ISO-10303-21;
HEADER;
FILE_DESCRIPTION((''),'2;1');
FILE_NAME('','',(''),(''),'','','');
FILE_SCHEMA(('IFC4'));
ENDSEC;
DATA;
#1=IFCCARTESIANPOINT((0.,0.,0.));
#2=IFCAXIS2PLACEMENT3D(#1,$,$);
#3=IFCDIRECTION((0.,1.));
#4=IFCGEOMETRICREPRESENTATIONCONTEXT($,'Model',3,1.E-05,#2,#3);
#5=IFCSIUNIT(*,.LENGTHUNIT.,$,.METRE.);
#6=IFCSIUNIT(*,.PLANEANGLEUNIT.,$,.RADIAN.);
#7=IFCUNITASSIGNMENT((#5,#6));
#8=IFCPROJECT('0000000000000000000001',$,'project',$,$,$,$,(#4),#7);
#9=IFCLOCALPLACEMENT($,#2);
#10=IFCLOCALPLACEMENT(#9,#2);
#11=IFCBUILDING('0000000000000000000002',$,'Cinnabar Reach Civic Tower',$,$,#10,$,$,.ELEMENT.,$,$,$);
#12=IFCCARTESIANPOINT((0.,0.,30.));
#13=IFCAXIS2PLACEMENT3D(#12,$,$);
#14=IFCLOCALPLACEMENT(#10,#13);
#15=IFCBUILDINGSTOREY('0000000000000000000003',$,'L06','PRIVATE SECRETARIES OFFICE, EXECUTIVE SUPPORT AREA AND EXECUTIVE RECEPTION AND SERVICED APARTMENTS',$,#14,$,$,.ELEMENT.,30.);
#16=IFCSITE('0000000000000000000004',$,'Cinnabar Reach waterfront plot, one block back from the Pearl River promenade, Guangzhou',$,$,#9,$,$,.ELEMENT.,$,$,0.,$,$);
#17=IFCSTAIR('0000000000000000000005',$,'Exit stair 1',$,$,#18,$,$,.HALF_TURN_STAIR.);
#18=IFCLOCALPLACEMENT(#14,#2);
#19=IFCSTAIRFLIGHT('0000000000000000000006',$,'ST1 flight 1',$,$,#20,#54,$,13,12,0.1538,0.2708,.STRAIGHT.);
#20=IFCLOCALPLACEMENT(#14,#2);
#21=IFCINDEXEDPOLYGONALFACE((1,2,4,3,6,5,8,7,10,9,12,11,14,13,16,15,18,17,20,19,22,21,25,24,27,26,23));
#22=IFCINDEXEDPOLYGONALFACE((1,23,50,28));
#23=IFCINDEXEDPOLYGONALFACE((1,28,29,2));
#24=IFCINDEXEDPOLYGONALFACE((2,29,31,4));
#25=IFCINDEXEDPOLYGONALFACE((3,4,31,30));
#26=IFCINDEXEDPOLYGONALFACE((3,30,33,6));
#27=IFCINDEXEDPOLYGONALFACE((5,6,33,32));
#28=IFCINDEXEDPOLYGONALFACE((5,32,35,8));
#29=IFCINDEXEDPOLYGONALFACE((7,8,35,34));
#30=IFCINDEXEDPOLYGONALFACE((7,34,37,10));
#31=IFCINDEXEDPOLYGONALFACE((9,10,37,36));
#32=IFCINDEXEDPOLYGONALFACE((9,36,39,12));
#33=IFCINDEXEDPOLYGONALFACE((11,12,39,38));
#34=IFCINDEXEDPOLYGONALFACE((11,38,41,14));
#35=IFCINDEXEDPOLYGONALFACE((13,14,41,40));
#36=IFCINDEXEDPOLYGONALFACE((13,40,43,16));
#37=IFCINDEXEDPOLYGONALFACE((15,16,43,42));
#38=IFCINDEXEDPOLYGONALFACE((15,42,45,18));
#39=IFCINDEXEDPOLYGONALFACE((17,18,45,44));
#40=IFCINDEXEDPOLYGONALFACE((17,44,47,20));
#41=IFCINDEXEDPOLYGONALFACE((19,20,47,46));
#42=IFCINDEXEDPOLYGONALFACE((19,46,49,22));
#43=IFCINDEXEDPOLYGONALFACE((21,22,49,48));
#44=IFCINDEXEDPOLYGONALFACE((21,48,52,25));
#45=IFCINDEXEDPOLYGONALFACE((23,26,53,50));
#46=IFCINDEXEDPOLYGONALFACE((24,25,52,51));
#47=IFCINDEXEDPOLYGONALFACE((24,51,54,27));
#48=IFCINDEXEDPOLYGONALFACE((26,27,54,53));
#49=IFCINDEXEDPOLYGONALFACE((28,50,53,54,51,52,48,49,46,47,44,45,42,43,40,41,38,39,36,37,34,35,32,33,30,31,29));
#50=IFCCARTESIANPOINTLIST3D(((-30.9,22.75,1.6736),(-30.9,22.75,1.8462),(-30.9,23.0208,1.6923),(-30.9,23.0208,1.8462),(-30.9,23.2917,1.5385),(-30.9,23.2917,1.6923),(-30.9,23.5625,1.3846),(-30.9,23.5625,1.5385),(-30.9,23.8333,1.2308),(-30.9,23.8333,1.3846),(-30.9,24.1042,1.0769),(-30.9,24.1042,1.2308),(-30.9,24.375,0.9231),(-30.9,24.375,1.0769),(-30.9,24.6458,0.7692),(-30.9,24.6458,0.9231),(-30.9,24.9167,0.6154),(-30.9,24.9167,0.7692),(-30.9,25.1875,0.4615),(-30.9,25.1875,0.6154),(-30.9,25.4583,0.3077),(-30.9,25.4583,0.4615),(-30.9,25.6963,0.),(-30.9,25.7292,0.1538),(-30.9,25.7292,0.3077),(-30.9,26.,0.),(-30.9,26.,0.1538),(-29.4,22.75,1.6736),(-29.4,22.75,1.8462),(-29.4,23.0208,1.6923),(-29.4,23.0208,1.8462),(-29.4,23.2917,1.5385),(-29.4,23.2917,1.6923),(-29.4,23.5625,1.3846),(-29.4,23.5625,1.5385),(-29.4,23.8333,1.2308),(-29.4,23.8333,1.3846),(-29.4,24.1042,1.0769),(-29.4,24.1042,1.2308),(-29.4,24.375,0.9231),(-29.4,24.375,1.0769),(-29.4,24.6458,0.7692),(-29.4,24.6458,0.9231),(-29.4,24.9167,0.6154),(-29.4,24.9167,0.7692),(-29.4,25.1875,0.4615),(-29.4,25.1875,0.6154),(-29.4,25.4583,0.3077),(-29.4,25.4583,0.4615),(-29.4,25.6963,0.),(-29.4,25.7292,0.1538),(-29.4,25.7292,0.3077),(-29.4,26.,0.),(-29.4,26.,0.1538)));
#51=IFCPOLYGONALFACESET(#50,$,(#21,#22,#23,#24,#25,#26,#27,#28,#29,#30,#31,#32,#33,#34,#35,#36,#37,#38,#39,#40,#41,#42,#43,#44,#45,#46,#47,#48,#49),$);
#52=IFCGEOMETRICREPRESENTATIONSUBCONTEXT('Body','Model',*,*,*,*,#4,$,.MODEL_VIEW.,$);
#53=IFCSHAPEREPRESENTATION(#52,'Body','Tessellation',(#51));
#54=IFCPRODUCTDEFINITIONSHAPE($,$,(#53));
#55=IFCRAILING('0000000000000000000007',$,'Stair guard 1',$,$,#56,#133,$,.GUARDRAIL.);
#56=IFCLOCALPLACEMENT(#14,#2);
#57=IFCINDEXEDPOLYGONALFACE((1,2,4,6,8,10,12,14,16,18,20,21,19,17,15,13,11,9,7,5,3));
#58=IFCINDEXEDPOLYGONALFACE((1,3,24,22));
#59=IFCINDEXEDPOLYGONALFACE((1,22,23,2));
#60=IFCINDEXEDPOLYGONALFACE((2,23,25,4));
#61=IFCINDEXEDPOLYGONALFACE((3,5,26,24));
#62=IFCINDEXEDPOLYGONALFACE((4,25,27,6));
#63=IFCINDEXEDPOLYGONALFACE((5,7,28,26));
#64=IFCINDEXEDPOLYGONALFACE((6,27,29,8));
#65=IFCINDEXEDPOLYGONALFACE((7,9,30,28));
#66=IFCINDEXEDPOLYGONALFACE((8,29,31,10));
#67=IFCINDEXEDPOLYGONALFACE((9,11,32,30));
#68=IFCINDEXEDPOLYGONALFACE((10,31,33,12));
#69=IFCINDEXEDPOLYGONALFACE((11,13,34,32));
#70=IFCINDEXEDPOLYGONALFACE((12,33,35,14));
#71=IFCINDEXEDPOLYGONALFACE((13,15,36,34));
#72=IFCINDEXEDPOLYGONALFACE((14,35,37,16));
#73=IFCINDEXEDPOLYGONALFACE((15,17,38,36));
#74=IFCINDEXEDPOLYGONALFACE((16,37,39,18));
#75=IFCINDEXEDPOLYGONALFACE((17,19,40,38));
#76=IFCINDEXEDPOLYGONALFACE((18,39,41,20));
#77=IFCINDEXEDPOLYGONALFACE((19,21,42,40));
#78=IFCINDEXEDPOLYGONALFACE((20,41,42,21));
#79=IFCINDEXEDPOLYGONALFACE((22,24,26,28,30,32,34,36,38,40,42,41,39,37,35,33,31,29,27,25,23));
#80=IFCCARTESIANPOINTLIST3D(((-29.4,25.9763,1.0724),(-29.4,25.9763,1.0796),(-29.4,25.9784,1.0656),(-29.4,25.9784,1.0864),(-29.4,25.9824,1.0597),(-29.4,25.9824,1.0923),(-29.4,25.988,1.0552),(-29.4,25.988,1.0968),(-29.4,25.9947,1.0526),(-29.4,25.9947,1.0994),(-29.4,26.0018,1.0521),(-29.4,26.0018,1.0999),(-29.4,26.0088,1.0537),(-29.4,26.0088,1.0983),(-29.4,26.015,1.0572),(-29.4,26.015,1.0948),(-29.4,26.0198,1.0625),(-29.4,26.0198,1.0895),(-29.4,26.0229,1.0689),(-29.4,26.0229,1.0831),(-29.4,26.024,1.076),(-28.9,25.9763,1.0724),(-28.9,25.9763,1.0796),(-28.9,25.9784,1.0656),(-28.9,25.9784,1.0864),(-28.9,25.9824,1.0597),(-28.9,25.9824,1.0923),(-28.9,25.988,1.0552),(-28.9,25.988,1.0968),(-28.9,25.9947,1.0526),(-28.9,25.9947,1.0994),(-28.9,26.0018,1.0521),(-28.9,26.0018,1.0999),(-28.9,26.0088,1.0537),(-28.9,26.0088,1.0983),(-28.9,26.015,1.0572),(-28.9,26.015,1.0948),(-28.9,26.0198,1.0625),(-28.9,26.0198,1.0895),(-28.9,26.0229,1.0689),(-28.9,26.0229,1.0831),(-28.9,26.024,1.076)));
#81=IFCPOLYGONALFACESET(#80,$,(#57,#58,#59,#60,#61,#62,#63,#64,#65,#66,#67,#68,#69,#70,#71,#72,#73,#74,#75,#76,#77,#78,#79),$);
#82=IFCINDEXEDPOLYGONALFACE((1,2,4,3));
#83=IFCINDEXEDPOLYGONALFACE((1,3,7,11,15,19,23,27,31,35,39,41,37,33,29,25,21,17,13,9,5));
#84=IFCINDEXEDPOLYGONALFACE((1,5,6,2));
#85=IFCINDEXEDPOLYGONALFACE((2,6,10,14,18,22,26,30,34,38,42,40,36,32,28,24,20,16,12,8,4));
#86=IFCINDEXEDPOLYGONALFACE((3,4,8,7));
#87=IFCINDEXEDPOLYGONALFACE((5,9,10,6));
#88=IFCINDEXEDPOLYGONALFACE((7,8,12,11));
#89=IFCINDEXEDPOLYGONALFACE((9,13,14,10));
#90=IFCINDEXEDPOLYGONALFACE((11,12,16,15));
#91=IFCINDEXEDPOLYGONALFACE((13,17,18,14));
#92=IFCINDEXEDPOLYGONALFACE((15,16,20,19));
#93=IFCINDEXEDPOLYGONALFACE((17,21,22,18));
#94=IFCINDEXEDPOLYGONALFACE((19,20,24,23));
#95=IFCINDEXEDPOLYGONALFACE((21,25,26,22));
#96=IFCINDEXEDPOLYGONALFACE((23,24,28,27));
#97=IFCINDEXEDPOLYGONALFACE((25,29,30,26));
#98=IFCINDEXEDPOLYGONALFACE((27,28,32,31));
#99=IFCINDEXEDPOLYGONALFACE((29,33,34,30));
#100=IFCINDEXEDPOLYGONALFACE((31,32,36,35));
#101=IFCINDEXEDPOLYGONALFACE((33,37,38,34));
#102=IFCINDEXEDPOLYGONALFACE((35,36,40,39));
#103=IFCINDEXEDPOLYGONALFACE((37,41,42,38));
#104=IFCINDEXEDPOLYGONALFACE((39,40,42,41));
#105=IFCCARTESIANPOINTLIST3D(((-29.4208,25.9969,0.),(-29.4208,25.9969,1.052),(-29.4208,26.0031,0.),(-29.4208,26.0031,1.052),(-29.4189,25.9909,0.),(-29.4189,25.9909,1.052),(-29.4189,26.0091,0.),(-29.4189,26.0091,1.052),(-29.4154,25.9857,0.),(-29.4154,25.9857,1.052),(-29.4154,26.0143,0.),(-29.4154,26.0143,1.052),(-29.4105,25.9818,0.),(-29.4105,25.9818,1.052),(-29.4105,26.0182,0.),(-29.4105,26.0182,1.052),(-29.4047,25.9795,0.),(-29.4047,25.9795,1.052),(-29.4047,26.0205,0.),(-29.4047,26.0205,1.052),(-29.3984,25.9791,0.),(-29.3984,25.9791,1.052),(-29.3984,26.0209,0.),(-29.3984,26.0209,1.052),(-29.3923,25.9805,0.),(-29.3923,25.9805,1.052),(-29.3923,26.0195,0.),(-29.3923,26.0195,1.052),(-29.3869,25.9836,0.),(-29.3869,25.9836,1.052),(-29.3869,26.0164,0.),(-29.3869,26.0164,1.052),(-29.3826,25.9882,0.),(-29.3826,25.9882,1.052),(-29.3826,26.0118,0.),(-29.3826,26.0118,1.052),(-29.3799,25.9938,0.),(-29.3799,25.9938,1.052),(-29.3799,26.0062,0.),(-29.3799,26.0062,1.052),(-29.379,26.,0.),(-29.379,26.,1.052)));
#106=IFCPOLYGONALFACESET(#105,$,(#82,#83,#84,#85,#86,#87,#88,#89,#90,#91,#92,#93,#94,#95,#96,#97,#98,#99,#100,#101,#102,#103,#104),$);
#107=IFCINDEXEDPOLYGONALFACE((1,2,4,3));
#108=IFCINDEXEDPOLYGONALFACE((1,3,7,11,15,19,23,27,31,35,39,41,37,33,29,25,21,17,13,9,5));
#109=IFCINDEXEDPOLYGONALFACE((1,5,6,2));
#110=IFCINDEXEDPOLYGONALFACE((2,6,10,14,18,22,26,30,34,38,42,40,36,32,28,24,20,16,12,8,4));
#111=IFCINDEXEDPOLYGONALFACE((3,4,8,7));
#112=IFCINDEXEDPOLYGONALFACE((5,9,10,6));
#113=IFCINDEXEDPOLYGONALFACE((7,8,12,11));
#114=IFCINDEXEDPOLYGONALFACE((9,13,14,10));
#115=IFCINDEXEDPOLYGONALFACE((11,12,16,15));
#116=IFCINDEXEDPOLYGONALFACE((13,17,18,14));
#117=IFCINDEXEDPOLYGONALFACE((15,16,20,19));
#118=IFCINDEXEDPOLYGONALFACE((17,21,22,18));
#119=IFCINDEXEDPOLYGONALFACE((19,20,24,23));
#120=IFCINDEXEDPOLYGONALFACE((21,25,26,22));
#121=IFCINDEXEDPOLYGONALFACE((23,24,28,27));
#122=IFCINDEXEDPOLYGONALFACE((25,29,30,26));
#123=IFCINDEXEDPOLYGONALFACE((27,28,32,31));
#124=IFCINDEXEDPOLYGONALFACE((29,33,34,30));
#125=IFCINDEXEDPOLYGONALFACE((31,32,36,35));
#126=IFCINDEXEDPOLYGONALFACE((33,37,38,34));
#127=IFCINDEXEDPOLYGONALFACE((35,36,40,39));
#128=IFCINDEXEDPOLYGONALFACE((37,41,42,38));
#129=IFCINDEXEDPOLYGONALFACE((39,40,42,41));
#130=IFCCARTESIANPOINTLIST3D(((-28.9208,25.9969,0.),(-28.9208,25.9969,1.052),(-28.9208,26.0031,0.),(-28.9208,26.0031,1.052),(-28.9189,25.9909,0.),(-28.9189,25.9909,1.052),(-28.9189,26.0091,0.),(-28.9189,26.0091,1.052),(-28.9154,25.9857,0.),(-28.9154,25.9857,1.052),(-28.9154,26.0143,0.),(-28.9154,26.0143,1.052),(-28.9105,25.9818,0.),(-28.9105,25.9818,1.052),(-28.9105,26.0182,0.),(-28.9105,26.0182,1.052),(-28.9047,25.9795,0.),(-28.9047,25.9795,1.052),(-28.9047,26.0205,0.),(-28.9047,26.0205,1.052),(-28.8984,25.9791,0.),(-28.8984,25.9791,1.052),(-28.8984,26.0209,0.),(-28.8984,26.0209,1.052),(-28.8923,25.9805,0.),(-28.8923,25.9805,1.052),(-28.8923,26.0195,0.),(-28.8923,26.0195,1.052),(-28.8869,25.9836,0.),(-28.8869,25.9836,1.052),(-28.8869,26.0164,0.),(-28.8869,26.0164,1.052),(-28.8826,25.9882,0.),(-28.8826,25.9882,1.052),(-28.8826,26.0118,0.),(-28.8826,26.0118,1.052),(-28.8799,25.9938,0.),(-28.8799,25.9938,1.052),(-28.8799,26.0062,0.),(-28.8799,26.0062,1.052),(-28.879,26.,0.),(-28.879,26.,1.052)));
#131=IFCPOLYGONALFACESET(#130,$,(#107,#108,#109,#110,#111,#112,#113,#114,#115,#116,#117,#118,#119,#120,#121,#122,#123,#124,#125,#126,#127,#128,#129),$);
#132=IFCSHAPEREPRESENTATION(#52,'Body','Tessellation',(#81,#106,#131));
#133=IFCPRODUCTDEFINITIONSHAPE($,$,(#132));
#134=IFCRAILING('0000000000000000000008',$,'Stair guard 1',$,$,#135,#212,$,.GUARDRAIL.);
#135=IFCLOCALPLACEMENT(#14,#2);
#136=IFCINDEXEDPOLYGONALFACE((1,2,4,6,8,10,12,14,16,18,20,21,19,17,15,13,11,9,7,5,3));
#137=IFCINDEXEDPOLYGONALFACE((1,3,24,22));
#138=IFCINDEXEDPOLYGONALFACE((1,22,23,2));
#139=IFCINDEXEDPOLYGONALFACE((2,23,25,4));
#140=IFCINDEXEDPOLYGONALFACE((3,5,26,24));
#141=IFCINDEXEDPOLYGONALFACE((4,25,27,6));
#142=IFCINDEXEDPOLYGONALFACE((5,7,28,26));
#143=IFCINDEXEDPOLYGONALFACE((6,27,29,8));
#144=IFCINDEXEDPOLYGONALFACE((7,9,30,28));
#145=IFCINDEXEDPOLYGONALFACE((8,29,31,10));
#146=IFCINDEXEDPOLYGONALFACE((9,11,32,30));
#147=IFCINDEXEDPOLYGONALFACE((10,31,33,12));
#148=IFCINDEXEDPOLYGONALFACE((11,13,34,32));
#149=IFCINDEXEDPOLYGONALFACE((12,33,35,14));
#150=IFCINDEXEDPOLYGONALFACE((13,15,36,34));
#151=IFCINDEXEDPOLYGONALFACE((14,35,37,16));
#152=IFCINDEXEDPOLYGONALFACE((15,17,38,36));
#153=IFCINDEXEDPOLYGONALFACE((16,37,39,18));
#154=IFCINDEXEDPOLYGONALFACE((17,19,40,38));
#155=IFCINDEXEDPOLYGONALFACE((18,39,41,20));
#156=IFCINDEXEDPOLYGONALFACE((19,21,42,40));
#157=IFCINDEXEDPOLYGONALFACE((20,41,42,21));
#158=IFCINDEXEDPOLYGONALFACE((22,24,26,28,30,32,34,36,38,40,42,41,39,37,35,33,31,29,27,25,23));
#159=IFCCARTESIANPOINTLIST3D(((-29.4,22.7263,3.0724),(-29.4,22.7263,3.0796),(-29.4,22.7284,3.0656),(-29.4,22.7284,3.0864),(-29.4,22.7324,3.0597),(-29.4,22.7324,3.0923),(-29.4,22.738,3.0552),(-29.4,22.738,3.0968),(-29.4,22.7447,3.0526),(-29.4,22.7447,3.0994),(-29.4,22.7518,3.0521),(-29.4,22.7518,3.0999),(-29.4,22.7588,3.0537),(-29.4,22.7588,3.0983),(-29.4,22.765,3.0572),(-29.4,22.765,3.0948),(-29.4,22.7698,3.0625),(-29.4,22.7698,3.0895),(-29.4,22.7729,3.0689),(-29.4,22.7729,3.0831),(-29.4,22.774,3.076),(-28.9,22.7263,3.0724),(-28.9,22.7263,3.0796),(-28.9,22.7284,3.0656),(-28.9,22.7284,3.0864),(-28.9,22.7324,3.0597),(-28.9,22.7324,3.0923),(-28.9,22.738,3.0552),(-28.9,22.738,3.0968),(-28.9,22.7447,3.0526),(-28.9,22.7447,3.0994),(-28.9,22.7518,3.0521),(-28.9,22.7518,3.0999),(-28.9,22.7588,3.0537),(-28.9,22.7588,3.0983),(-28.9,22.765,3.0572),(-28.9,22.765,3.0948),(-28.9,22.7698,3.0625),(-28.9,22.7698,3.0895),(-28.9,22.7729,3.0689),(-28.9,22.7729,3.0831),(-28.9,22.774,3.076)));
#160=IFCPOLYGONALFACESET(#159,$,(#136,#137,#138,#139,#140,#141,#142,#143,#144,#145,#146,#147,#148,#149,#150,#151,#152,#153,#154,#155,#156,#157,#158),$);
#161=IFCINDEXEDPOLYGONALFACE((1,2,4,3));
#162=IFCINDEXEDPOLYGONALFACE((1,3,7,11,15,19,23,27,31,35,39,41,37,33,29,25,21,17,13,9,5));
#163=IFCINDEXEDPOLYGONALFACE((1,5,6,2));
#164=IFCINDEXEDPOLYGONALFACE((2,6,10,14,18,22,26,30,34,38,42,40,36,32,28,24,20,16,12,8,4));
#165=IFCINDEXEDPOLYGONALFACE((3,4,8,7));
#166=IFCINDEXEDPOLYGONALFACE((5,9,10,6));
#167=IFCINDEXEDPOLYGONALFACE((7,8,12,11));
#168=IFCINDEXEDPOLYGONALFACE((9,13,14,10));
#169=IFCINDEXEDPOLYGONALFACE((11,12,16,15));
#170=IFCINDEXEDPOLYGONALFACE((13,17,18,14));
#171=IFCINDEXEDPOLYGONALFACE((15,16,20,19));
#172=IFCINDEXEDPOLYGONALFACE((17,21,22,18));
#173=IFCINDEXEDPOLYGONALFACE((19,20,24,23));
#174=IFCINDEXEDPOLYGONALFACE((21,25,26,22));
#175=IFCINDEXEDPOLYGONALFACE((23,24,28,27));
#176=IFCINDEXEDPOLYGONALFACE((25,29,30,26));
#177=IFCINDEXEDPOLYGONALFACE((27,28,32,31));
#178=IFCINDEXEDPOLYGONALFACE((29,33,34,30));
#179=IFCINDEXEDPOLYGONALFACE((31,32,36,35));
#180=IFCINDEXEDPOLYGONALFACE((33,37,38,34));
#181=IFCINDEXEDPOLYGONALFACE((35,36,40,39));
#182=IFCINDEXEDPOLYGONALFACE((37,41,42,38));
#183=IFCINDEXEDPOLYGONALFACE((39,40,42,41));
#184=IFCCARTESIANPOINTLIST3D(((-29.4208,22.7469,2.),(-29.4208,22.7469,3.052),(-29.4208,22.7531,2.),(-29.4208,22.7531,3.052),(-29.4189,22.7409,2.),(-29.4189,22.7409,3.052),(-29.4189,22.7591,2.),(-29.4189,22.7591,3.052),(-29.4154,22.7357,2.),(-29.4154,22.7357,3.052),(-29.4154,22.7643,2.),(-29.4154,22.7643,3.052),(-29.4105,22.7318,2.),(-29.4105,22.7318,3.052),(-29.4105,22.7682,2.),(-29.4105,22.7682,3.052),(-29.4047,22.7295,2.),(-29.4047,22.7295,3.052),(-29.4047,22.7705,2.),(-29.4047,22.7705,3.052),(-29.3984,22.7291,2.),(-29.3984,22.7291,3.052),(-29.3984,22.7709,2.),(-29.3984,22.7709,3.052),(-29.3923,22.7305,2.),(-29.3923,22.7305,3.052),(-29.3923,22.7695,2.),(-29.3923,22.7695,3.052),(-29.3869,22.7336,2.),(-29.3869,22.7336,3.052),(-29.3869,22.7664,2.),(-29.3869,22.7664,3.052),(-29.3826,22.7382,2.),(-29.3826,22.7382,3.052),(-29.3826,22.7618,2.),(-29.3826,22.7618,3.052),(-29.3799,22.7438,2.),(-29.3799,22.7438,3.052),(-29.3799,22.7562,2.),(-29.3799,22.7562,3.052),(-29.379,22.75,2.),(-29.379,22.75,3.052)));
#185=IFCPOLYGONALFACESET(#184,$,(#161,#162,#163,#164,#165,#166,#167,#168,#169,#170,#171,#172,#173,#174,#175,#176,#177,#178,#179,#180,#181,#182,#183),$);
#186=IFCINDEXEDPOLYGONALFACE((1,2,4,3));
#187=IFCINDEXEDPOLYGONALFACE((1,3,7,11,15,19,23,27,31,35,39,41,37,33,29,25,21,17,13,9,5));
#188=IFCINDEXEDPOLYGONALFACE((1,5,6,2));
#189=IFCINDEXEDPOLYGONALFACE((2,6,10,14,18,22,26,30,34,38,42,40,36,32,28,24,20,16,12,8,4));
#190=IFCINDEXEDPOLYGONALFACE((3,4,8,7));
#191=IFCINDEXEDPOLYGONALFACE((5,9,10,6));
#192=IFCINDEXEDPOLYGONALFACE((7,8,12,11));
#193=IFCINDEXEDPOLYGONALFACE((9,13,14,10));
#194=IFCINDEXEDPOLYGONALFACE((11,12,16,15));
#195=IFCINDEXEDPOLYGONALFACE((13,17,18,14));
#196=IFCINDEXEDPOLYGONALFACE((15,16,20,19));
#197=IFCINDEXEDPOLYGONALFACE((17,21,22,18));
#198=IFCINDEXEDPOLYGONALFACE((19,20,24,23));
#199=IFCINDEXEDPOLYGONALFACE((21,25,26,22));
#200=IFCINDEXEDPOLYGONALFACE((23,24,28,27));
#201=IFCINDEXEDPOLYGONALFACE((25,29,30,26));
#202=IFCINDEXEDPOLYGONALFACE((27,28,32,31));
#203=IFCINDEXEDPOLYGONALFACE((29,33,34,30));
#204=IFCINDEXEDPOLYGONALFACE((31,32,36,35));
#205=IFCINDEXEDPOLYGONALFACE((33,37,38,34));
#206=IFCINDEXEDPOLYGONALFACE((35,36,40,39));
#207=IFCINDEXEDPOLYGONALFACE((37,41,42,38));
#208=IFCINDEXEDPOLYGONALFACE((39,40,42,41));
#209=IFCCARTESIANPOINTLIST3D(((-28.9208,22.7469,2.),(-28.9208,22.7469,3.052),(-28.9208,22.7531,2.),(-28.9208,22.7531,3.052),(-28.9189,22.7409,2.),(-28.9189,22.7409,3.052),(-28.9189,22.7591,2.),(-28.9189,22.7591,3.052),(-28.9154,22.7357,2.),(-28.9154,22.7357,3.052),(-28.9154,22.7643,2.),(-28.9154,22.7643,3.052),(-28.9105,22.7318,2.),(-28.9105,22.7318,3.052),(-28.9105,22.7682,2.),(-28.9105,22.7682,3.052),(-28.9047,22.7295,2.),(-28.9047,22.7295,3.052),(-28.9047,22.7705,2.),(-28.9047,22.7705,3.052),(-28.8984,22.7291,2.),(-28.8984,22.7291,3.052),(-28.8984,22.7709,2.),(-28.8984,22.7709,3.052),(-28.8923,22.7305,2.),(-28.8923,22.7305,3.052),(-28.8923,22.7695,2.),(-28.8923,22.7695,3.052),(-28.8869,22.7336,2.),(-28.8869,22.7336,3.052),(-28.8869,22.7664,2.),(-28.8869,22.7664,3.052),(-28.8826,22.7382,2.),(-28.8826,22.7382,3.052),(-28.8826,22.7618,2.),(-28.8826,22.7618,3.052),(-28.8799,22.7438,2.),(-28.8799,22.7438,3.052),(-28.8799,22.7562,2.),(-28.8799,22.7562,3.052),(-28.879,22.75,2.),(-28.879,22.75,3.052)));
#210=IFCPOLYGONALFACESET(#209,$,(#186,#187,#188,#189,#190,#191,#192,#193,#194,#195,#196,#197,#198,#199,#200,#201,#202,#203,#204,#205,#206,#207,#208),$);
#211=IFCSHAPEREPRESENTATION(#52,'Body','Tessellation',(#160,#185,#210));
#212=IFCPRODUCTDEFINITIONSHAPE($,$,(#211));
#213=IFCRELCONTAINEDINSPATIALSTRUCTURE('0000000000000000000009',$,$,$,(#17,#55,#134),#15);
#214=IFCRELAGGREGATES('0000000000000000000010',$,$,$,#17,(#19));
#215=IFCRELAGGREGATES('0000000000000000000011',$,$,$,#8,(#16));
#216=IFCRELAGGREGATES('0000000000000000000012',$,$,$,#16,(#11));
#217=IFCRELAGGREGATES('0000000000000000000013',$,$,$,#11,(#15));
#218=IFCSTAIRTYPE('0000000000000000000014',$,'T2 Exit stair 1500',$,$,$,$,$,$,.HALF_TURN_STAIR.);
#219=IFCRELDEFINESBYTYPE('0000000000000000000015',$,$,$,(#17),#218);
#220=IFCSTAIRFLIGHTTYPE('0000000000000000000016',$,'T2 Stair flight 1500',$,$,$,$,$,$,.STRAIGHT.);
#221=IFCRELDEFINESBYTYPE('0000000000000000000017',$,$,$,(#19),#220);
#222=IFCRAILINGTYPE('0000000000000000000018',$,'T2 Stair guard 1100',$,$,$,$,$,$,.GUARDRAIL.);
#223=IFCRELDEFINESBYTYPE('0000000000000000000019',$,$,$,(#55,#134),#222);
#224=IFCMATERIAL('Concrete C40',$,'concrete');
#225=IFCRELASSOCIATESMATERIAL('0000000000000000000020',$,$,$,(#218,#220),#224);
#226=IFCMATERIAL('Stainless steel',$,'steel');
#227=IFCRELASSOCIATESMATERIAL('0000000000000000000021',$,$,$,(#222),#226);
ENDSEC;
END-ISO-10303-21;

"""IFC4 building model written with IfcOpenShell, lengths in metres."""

from ifc_helpers import new_model, si_unit, direction, frame, origin, origin_2d, place, context, subcontext, project, spatial, polyline, circle, outline, extrude, material, type_object, element, aggregate, save


model = new_model("IFC4")

# Units and contexts
model_context = context("Model", 3, precision=1e-05, world=origin(), true_north=direction((0.0, 1.0)))
body_context = subcontext(model_context, "Body", "Model", "MODEL_VIEW")
ifc_project = project(units=[si_unit("LENGTHUNIT", "METRE"), si_unit("PLANEANGLEUNIT", "RADIAN")], contexts=[model_context])

# Site, building, storey
site_placement = place(None, origin())
site = spatial("IfcSite", under=ifc_project, at=site_placement, Name="Cinnabar Reach waterfront plot, one block back from the Pearl River promenade, Guangzhou", CompositionType="ELEMENT", RefElevation=0.0)
building_placement = place(site_placement, origin())
building = spatial("IfcBuilding", under=site, at=building_placement, Name="Cinnabar Reach Civic Tower", CompositionType="ELEMENT")
storey_placement = place(building_placement, frame((0.0, 0.0, 30.0)))
storey = spatial("IfcBuildingStorey", under=building, at=storey_placement, Name="L06", Description="PRIVATE SECRETARIES OFFICE, EXECUTIVE SUPPORT AREA AND EXECUTIVE RECEPTION AND SERVICED APARTMENTS", CompositionType="ELEMENT", Elevation=30.0)

# Shared definitions
ifc_material_1 = material(Name="Concrete C40", Category="concrete")

# Stair, stair flight
stair_type = type_object("IfcStairType", Name="T2 Exit stair 1500", PredefinedType="HALF_TURN_STAIR", material=ifc_material_1)
stair_placement = place(storey_placement, origin())
stair = element("IfcStair", 1, at=stair_placement, inside=storey, type_object=stair_type, Name="Exit stair 1", PredefinedType="HALF_TURN_STAIR")
stair_flight_type = type_object("IfcStairFlightType", Name="T2 Stair flight 1500", PredefinedType="STRAIGHT", material=ifc_material_1)
stair_flight_placement = place(storey_placement, frame((-30.15, 26.0, 0.0), z_axis=(0.0, 0.0, 1.0), x_axis=(0.0, -1.0, 0.0)))
stair_flight = element("IfcStairFlight", 2, at=stair_flight_placement, type_object=stair_flight_type, Name="ST1 flight 1", NumberOfRisers=13, NumberOfTreads=12, PredefinedType="STRAIGHT", RiserHeight=0.1538, TreadLength=0.2708, context=body_context, shape_type="SweptSolid", body=[
    extrude(outline(polyline([(0.0, 0.0), (0.0, 0.1538), (0.2708, 0.1538), (0.2708, 0.3077), (0.5417, 0.3077), (0.5417, 0.4615), (0.8125, 0.4615), (0.8125, 0.6154), (1.0833, 0.6154), (1.0833, 0.7692), (1.3542, 0.7692), (1.3542, 0.9231), (1.625, 0.9231), (1.625, 1.0769), (1.8958, 1.0769), (1.8958, 1.2308), (2.1667, 1.2308), (2.1667, 1.3846), (2.4375, 1.3846), (2.4375, 1.5385), (2.7083, 1.5385), (2.7083, 1.6923), (2.9792, 1.6923), (2.9792, 1.8462), (3.25, 1.8462), (3.25, 2.0), (3.25, 1.6736), (0.3037, 0.0), (0.0, 0.0)])), frame((0.0, 0.75, 0.0), z_axis=(0.0, -1.0, 0.0), x_axis=(1.0, 0.0, 0.0)), (0.0, 0.0, 1.0), 1.5),
])
aggregate(stair, [stair_flight])

# Railings
ifc_material_2 = material(Name="Stainless steel", Category="steel")
railing_type = type_object("IfcRailingType", Name="T2 Stair guard 1100", PredefinedType="GUARDRAIL", material=ifc_material_2)
for number, where, name in (
    (3, (-29.4, 26.0, 0.0), "Stair guard 1"),
    (4, (-29.4, 22.75, 2.0), "Stair guard 1"),
):
    element("IfcRailing", number, at=place(storey_placement, frame(where)), inside=storey, type_object=railing_type, Name=name, PredefinedType="GUARDRAIL", context=body_context, shape_type="SweptSolid", body=[
        extrude(circle(Radius=0.024, at=origin_2d()), frame((0.0, 0.0, 1.076), z_axis=(1.0, 0.0, 0.0), x_axis=(0.0, 1.0, 0.0)), (0.0, 0.0, 1.0), 0.5),
        extrude(circle(Radius=0.021, at=origin_2d()), origin(), (0.0, 0.0, 1.0), 1.052),
        extrude(circle(Radius=0.021, at=origin_2d()), frame((0.5, 0.0, 0.0)), (0.0, 0.0, 1.0), 1.052),
    ])

save(model, "model.ifc")
